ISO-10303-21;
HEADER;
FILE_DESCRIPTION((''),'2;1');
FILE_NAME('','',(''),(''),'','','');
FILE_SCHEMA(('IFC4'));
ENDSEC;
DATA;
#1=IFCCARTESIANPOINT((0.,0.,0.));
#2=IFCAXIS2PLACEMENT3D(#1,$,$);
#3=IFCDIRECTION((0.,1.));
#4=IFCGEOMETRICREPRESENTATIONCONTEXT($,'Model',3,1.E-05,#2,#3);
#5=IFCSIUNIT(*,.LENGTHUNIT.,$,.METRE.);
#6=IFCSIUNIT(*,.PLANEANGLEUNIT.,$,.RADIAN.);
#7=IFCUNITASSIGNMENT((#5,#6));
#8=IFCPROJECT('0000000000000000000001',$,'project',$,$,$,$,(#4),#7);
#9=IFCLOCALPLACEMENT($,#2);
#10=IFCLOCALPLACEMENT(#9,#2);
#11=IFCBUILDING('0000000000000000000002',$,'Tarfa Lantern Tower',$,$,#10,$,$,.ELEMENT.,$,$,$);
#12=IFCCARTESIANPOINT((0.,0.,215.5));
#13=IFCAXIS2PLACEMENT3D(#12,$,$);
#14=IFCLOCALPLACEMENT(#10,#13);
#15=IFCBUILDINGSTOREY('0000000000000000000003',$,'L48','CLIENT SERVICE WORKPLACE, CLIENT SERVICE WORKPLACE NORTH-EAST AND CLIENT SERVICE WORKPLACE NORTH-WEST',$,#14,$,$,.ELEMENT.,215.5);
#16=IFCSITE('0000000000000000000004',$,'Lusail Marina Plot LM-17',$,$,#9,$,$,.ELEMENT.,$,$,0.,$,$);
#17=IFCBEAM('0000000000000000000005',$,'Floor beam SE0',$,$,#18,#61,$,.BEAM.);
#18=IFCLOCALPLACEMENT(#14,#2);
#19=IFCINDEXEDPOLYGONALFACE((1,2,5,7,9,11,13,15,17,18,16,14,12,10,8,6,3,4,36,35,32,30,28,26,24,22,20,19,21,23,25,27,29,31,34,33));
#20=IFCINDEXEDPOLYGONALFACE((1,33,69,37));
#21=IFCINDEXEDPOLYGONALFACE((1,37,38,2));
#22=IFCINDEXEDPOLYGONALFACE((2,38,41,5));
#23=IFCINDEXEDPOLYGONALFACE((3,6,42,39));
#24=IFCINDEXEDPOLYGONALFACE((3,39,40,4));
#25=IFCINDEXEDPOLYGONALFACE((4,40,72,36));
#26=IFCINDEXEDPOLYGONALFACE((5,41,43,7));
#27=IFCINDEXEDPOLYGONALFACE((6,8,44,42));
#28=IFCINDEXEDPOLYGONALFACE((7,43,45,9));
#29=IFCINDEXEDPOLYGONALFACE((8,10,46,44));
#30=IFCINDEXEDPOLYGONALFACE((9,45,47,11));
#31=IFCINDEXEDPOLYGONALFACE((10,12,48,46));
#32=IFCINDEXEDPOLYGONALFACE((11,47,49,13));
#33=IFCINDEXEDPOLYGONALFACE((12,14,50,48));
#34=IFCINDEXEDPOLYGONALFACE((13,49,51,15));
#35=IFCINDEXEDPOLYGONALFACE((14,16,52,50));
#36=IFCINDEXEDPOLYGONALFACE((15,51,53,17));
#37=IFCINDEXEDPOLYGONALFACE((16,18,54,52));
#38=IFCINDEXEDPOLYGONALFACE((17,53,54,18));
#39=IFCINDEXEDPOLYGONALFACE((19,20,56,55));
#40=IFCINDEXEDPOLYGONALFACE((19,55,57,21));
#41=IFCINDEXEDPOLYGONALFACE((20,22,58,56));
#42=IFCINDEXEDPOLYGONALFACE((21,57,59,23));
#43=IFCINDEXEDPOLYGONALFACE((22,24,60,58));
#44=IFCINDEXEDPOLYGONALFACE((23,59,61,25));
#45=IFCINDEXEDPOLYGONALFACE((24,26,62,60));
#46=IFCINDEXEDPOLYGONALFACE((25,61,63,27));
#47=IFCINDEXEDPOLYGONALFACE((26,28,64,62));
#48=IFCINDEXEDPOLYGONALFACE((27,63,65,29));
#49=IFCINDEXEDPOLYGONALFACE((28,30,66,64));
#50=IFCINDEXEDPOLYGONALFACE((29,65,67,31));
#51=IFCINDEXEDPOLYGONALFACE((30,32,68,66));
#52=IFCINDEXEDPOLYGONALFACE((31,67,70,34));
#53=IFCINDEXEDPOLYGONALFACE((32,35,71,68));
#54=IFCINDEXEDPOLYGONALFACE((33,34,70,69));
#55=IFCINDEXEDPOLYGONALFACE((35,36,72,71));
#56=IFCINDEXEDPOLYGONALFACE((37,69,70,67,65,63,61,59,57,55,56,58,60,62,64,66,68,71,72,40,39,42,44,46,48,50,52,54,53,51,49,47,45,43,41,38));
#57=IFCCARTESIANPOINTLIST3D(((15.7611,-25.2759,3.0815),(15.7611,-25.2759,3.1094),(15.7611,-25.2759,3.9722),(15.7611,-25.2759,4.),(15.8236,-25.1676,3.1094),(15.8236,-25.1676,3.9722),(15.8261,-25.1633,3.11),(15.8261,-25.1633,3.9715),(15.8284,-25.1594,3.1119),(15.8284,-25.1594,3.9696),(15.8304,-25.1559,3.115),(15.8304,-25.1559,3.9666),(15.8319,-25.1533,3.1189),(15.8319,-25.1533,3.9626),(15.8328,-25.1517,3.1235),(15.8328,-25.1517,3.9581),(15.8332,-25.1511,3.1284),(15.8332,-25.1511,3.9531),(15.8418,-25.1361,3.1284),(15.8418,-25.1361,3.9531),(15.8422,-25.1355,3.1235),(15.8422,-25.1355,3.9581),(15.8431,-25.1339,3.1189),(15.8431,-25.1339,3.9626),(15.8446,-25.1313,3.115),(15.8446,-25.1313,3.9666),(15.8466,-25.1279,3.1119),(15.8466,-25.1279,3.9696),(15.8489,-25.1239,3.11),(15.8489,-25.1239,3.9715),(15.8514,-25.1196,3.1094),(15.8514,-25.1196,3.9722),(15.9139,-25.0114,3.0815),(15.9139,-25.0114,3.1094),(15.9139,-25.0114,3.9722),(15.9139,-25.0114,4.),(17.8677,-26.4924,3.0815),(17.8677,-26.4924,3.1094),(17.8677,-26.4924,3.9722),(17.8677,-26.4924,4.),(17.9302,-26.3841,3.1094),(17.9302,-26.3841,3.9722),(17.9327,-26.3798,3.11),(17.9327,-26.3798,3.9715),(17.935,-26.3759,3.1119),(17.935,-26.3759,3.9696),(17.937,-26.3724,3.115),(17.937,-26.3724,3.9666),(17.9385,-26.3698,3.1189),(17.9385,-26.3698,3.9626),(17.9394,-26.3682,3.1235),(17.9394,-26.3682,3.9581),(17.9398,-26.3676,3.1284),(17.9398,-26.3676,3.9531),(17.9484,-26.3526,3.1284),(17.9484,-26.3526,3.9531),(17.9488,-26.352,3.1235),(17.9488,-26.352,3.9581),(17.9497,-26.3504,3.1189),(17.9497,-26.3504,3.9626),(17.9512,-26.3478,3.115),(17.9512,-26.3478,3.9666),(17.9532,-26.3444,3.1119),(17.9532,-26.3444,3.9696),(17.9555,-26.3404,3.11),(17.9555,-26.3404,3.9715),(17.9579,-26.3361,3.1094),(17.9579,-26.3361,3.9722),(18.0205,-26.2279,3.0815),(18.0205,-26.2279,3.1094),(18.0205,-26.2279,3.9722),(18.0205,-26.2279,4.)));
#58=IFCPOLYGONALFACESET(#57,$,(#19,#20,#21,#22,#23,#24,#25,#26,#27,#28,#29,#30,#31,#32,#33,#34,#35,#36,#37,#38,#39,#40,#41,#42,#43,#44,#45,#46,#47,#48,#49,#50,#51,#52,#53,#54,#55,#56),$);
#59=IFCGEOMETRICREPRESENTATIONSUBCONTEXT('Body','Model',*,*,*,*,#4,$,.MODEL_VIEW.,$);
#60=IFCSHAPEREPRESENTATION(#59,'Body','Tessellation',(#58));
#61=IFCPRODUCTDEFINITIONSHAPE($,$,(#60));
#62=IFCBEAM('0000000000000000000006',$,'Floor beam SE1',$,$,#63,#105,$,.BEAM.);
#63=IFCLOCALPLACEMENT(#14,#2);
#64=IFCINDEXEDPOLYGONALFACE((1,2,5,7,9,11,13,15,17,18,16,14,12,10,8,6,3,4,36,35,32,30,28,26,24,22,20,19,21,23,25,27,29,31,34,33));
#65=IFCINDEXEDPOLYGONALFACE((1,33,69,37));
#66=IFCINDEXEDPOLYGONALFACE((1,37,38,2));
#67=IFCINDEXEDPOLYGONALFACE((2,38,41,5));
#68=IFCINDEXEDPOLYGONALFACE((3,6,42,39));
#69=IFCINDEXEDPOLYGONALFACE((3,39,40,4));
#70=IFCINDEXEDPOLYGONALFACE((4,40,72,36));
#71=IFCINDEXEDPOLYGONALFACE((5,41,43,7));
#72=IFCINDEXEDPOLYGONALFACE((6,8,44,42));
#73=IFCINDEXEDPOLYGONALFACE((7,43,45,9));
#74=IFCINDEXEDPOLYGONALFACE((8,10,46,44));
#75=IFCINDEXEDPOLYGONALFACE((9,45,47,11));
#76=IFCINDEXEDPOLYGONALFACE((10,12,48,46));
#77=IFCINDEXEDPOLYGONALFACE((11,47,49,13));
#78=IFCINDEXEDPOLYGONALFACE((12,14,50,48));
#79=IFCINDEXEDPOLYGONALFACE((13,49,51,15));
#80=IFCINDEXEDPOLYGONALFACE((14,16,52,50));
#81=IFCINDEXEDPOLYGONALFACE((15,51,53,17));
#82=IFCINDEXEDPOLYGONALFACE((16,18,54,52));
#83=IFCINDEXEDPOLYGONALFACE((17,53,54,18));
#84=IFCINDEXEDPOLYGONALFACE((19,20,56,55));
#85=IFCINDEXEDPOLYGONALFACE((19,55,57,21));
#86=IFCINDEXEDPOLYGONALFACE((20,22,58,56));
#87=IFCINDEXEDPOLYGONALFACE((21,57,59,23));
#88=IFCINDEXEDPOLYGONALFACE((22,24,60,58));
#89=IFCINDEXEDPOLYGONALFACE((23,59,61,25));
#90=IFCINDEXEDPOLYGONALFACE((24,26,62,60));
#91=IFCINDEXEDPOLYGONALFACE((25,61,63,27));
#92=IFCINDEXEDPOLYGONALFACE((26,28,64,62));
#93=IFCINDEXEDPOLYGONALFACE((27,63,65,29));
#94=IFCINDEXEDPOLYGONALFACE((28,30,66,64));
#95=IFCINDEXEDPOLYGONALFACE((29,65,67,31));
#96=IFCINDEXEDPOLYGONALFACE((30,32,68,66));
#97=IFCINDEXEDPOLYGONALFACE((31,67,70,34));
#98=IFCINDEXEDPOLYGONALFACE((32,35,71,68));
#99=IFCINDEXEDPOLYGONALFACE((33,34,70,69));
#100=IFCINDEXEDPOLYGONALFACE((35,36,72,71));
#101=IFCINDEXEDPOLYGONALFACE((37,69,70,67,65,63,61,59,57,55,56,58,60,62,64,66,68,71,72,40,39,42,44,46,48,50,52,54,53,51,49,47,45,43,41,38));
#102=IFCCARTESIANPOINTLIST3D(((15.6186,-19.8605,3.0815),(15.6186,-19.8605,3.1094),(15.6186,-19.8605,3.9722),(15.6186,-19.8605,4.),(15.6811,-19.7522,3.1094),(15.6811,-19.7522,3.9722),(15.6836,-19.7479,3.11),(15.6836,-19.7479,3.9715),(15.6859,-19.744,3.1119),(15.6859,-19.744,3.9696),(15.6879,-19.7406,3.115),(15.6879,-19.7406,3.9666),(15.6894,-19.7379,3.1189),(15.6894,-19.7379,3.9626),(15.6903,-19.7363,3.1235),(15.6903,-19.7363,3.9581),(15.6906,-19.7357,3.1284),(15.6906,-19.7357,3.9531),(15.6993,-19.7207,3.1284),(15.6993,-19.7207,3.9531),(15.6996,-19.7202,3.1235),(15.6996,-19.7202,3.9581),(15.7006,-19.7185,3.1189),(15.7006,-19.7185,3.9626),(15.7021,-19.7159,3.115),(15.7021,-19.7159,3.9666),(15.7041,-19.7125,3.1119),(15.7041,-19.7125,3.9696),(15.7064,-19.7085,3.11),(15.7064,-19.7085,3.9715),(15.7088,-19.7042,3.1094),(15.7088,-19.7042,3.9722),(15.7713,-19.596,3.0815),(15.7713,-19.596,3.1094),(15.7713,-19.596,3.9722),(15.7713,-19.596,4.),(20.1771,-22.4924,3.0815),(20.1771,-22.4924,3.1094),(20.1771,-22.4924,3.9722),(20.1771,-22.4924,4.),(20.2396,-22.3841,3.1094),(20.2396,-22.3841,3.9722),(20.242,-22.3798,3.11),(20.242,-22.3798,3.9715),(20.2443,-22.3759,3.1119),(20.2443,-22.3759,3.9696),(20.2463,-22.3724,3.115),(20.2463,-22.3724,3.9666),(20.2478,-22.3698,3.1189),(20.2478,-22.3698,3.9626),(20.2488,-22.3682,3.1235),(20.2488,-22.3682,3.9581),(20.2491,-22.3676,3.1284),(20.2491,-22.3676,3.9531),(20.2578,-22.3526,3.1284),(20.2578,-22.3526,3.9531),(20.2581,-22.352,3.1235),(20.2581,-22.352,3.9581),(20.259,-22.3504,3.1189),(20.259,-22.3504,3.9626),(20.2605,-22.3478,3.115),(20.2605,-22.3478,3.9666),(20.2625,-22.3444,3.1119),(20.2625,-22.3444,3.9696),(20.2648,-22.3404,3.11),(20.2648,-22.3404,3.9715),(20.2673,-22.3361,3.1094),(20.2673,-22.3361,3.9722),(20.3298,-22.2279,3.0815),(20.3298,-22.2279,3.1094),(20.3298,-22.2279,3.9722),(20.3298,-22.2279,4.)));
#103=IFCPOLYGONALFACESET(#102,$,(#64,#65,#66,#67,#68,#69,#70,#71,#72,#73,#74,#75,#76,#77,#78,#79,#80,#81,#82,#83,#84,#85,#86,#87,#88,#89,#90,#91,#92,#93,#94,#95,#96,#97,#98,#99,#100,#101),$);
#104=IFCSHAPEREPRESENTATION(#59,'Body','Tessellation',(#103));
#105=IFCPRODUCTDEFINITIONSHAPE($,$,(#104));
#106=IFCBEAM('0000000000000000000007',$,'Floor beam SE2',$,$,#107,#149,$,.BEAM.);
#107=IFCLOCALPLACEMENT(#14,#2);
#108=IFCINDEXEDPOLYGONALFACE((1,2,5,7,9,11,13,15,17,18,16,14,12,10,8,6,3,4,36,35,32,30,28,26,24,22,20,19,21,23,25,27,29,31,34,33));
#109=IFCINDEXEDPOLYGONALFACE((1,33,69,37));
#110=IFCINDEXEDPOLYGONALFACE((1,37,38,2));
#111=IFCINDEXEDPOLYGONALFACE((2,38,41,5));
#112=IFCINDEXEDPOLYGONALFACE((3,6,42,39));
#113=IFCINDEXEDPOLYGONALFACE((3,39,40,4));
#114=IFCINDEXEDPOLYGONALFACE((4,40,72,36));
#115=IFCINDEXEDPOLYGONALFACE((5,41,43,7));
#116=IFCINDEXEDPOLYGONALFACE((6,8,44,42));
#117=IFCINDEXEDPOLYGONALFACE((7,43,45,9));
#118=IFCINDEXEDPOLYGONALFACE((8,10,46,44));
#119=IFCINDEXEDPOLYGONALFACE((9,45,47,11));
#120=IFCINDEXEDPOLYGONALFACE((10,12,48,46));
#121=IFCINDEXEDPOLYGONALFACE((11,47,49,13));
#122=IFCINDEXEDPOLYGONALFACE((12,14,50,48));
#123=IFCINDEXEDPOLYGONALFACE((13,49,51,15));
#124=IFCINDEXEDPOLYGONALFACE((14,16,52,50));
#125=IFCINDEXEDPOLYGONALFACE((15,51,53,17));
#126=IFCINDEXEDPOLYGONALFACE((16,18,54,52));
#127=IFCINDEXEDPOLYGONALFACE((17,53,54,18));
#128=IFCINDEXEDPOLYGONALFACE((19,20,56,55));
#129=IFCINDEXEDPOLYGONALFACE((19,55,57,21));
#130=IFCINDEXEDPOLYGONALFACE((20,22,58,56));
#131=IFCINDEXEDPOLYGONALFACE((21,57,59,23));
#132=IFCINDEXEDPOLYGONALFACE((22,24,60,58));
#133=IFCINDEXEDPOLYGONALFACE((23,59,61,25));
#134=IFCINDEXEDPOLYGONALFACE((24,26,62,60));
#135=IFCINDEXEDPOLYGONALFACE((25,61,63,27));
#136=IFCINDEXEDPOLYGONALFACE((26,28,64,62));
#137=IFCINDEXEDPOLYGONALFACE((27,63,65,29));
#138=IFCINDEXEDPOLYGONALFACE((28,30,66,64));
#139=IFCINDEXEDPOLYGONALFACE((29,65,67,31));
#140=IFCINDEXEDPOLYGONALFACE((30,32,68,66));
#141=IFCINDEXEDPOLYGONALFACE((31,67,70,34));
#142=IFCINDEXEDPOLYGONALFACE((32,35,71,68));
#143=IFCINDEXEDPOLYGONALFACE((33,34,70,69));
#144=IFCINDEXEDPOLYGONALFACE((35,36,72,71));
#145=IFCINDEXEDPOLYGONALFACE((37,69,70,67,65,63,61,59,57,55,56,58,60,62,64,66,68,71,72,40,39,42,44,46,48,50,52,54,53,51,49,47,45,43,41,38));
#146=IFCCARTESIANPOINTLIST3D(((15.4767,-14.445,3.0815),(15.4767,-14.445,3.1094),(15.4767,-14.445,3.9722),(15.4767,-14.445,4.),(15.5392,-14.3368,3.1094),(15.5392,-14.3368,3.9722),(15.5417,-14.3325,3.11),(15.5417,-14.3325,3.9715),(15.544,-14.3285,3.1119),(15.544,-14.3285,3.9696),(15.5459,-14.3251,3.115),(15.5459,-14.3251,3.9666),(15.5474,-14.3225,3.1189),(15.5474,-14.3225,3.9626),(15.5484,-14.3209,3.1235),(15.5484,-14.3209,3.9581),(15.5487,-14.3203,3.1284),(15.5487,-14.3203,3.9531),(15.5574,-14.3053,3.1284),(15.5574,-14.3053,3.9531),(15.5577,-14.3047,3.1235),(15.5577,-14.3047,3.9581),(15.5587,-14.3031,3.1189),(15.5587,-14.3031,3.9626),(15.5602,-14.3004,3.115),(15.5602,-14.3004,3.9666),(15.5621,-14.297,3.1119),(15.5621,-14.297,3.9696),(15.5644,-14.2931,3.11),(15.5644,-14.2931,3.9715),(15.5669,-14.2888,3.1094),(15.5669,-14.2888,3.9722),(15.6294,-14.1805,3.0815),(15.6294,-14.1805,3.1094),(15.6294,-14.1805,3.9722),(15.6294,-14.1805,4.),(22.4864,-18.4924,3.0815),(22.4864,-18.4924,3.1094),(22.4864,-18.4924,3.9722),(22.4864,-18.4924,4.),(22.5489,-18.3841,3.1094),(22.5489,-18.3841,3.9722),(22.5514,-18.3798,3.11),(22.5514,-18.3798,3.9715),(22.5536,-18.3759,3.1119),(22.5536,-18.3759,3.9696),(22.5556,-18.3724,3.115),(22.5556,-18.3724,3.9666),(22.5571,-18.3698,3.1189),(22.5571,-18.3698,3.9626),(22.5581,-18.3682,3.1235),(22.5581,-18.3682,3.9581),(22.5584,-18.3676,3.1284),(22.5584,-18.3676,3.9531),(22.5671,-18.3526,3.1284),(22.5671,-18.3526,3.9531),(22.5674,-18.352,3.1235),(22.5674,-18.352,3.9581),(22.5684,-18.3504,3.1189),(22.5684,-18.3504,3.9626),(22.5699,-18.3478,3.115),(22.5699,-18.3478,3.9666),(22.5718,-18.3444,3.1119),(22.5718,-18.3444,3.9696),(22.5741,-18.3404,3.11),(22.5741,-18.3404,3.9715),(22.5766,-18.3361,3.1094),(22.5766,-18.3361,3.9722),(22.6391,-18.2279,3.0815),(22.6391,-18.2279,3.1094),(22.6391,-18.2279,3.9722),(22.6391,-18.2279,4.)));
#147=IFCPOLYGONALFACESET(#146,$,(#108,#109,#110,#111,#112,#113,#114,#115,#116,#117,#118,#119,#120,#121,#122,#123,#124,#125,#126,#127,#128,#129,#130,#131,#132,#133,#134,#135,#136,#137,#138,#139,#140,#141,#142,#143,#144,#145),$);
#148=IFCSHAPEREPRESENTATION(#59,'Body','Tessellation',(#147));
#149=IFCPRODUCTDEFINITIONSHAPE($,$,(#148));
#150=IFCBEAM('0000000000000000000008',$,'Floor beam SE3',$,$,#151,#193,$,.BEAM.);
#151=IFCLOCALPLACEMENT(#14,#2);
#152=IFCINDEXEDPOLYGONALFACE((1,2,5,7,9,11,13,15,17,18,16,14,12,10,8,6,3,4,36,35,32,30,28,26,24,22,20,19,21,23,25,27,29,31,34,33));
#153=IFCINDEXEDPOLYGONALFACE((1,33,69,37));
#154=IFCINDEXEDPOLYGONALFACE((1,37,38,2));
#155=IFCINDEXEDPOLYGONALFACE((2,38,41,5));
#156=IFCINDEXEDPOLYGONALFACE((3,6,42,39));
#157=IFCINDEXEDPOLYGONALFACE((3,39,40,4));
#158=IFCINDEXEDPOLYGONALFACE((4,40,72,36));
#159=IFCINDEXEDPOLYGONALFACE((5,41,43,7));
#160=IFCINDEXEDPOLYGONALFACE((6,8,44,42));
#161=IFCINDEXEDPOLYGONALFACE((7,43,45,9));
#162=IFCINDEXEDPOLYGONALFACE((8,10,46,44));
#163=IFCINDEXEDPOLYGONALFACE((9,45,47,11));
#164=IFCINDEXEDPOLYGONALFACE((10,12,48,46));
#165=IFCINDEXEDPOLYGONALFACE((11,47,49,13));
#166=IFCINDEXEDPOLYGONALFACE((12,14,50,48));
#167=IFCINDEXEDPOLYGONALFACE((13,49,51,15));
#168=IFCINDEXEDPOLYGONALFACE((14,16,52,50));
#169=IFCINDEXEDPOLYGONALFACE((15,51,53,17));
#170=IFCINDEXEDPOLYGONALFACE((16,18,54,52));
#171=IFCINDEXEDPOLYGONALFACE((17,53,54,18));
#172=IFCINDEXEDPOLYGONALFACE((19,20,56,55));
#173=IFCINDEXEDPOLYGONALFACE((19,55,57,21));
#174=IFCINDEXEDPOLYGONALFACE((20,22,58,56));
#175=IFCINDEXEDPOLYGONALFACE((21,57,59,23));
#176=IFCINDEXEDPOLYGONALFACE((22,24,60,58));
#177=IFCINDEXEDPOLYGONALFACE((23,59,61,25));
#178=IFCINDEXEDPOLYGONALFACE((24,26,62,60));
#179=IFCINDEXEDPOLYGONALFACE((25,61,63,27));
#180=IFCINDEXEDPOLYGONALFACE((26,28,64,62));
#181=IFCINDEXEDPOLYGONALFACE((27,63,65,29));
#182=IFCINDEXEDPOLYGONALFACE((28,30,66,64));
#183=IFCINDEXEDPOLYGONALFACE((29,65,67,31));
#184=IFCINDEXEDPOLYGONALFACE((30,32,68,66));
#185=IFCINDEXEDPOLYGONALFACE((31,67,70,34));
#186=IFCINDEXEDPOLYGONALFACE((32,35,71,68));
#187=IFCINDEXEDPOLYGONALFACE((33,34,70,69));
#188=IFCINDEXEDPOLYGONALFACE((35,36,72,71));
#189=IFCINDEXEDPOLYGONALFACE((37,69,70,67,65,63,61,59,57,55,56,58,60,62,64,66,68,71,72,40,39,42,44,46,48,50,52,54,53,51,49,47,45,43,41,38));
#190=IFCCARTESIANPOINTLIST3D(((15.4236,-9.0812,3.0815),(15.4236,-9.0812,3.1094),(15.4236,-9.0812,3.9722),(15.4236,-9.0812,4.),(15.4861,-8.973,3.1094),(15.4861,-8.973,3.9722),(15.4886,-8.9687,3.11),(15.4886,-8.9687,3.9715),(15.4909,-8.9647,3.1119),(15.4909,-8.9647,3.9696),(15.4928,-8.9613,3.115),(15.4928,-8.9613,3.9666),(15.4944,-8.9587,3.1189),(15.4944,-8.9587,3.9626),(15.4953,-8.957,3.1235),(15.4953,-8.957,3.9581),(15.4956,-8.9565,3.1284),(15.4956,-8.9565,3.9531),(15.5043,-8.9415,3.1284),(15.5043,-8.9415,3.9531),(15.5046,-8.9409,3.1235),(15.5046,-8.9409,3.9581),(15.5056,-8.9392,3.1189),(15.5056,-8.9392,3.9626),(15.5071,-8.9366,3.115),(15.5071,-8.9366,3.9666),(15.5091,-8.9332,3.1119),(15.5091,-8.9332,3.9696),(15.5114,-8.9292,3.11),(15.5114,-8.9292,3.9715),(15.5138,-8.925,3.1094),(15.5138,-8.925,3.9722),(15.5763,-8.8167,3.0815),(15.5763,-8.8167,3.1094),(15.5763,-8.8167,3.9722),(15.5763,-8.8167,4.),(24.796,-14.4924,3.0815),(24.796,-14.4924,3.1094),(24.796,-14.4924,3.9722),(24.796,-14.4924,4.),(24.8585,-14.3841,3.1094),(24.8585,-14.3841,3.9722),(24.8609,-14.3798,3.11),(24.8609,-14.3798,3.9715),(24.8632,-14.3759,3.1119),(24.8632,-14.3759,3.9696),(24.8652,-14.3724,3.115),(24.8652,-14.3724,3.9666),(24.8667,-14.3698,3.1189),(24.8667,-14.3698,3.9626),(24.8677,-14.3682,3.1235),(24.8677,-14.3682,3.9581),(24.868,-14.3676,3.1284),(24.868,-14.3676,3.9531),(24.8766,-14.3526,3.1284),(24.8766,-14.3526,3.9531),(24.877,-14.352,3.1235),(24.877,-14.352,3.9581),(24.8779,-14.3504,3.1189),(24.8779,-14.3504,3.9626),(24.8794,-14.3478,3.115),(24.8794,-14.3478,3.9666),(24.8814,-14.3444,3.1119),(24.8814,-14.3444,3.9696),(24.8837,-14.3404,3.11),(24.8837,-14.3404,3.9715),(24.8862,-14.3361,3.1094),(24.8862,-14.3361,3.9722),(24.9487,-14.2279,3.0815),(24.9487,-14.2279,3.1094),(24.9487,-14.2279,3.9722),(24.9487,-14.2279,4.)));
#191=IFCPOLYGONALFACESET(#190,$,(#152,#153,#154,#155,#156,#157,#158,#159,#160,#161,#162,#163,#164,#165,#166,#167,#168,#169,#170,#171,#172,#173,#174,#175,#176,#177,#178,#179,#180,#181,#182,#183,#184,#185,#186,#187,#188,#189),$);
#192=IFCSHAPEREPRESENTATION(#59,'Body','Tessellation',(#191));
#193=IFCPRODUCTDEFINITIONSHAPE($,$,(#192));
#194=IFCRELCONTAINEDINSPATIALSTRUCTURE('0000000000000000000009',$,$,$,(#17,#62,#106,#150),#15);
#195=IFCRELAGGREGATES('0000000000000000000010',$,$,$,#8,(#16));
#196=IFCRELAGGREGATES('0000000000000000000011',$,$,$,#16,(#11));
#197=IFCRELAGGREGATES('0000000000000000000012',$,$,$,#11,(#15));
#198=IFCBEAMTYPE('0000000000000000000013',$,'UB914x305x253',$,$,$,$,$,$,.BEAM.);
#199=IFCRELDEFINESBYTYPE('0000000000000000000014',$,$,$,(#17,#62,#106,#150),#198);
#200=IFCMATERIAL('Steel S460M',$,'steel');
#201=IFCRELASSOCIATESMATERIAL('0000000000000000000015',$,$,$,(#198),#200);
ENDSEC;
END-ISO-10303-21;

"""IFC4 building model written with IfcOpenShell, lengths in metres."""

from ifc_helpers import new_model, si_unit, direction, frame, origin, origin_2d, place, context, subcontext, project, spatial, i_section, extrude, material, material_profile, profile_set, type_object, element, save


model = new_model("IFC4")

# Units and contexts
model_context = context("Model", 3, precision=1e-05, world=origin(), true_north=direction((0.0, 1.0)))
body_context = subcontext(model_context, "Body", "Model", "MODEL_VIEW")
ifc_project = project(units=[si_unit("LENGTHUNIT", "METRE"), si_unit("PLANEANGLEUNIT", "RADIAN")], contexts=[model_context])

# Site, building, storey
site_placement = place(None, origin())
site = spatial("IfcSite", under=ifc_project, at=site_placement, Name="Lusail Marina Plot LM-17", CompositionType="ELEMENT", RefElevation=0.0)
building_placement = place(site_placement, origin())
building = spatial("IfcBuilding", under=site, at=building_placement, Name="Tarfa Lantern Tower", CompositionType="ELEMENT")
storey_placement = place(building_placement, frame((0.0, 0.0, 215.5)))
storey = spatial("IfcBuildingStorey", under=building, at=storey_placement, Name="L48", Description="CLIENT SERVICE WORKPLACE, CLIENT SERVICE WORKPLACE NORTH-EAST AND CLIENT SERVICE WORKPLACE NORTH-WEST", CompositionType="ELEMENT", Elevation=215.5)

# Shared definitions
ifc_material_1 = material(Name="Steel S460M", Category="steel")

# Beams
ifc_material_profile_1 = material_profile(ifc_material_1, i_section(OverallWidth=0.3054, OverallDepth=0.9185, WebThickness=0.0173, FlangeThickness=0.0278, FilletRadius=0.019, at=origin_2d()), Name="UB914x305x253")
ifc_profile_set_1 = profile_set([ifc_material_profile_1], Name="Steel S460M")
beam_type_1 = type_object("IfcBeamType", Name="UB914x305x253", PredefinedType="BEAM", material=ifc_profile_set_1)
beam_1_placement = place(storey_placement, frame((17.9441, -26.3601, 3.5408), z_axis=(-0.86598, 0.500079, 0.0), x_axis=(-0.500079, -0.86598, 0.0)))
element("IfcBeam", 1, at=beam_1_placement, inside=storey, type_object=beam_type_1, Name="Floor beam SE0", PredefinedType="BEAM", context=body_context, shape_type="SweptSolid", body=[
    extrude(i_section(OverallWidth=0.3054, OverallDepth=0.9185, WebThickness=0.0173, FlangeThickness=0.0278, FilletRadius=0.019, at=origin_2d()), origin(), (0.0, 0.0, 1.0), 2.4326),
])
beam_2_placement = place(storey_placement, frame((20.2534, -22.3601, 3.5408), z_axis=(-0.86602, 0.50001, 0.0), x_axis=(-0.50001, -0.86602, 0.0)))
element("IfcBeam", 2, at=beam_2_placement, inside=storey, type_object=beam_type_1, Name="Floor beam SE1", PredefinedType="BEAM", context=body_context, shape_type="SweptSolid", body=[
    extrude(i_section(OverallWidth=0.3054, OverallDepth=0.9185, WebThickness=0.0173, FlangeThickness=0.0278, FilletRadius=0.019, at=origin_2d()), origin(), (0.0, 0.0, 1.0), 5.2637),
])
beam_3_placement = place(storey_placement, frame((22.5627, -18.3601, 3.5408), z_axis=(-0.866011, 0.500025, 0.0), x_axis=(-0.500025, -0.866011, 0.0)))
element("IfcBeam", 3, at=beam_3_placement, inside=storey, type_object=beam_type_1, Name="Floor beam SE2", PredefinedType="BEAM", context=body_context, shape_type="SweptSolid", body=[
    extrude(i_section(OverallWidth=0.3054, OverallDepth=0.9185, WebThickness=0.0173, FlangeThickness=0.0278, FilletRadius=0.019, at=origin_2d()), origin(), (0.0, 0.0, 1.0), 8.0942),
])
beam_4_placement = place(storey_placement, frame((24.8723, -14.3601, 3.5408), z_axis=(-0.866024, 0.500002, 0.0), x_axis=(-0.500002, -0.866024, 0.0)))
element("IfcBeam", 4, at=beam_4_placement, inside=storey, type_object=beam_type_1, Name="Floor beam SE3", PredefinedType="BEAM", context=body_context, shape_type="SweptSolid", body=[
    extrude(i_section(OverallWidth=0.3054, OverallDepth=0.9185, WebThickness=0.0173, FlangeThickness=0.0278, FilletRadius=0.019, at=origin_2d()), origin(), (0.0, 0.0, 1.0), 10.8223),
])

save(model, "model.ifc")
